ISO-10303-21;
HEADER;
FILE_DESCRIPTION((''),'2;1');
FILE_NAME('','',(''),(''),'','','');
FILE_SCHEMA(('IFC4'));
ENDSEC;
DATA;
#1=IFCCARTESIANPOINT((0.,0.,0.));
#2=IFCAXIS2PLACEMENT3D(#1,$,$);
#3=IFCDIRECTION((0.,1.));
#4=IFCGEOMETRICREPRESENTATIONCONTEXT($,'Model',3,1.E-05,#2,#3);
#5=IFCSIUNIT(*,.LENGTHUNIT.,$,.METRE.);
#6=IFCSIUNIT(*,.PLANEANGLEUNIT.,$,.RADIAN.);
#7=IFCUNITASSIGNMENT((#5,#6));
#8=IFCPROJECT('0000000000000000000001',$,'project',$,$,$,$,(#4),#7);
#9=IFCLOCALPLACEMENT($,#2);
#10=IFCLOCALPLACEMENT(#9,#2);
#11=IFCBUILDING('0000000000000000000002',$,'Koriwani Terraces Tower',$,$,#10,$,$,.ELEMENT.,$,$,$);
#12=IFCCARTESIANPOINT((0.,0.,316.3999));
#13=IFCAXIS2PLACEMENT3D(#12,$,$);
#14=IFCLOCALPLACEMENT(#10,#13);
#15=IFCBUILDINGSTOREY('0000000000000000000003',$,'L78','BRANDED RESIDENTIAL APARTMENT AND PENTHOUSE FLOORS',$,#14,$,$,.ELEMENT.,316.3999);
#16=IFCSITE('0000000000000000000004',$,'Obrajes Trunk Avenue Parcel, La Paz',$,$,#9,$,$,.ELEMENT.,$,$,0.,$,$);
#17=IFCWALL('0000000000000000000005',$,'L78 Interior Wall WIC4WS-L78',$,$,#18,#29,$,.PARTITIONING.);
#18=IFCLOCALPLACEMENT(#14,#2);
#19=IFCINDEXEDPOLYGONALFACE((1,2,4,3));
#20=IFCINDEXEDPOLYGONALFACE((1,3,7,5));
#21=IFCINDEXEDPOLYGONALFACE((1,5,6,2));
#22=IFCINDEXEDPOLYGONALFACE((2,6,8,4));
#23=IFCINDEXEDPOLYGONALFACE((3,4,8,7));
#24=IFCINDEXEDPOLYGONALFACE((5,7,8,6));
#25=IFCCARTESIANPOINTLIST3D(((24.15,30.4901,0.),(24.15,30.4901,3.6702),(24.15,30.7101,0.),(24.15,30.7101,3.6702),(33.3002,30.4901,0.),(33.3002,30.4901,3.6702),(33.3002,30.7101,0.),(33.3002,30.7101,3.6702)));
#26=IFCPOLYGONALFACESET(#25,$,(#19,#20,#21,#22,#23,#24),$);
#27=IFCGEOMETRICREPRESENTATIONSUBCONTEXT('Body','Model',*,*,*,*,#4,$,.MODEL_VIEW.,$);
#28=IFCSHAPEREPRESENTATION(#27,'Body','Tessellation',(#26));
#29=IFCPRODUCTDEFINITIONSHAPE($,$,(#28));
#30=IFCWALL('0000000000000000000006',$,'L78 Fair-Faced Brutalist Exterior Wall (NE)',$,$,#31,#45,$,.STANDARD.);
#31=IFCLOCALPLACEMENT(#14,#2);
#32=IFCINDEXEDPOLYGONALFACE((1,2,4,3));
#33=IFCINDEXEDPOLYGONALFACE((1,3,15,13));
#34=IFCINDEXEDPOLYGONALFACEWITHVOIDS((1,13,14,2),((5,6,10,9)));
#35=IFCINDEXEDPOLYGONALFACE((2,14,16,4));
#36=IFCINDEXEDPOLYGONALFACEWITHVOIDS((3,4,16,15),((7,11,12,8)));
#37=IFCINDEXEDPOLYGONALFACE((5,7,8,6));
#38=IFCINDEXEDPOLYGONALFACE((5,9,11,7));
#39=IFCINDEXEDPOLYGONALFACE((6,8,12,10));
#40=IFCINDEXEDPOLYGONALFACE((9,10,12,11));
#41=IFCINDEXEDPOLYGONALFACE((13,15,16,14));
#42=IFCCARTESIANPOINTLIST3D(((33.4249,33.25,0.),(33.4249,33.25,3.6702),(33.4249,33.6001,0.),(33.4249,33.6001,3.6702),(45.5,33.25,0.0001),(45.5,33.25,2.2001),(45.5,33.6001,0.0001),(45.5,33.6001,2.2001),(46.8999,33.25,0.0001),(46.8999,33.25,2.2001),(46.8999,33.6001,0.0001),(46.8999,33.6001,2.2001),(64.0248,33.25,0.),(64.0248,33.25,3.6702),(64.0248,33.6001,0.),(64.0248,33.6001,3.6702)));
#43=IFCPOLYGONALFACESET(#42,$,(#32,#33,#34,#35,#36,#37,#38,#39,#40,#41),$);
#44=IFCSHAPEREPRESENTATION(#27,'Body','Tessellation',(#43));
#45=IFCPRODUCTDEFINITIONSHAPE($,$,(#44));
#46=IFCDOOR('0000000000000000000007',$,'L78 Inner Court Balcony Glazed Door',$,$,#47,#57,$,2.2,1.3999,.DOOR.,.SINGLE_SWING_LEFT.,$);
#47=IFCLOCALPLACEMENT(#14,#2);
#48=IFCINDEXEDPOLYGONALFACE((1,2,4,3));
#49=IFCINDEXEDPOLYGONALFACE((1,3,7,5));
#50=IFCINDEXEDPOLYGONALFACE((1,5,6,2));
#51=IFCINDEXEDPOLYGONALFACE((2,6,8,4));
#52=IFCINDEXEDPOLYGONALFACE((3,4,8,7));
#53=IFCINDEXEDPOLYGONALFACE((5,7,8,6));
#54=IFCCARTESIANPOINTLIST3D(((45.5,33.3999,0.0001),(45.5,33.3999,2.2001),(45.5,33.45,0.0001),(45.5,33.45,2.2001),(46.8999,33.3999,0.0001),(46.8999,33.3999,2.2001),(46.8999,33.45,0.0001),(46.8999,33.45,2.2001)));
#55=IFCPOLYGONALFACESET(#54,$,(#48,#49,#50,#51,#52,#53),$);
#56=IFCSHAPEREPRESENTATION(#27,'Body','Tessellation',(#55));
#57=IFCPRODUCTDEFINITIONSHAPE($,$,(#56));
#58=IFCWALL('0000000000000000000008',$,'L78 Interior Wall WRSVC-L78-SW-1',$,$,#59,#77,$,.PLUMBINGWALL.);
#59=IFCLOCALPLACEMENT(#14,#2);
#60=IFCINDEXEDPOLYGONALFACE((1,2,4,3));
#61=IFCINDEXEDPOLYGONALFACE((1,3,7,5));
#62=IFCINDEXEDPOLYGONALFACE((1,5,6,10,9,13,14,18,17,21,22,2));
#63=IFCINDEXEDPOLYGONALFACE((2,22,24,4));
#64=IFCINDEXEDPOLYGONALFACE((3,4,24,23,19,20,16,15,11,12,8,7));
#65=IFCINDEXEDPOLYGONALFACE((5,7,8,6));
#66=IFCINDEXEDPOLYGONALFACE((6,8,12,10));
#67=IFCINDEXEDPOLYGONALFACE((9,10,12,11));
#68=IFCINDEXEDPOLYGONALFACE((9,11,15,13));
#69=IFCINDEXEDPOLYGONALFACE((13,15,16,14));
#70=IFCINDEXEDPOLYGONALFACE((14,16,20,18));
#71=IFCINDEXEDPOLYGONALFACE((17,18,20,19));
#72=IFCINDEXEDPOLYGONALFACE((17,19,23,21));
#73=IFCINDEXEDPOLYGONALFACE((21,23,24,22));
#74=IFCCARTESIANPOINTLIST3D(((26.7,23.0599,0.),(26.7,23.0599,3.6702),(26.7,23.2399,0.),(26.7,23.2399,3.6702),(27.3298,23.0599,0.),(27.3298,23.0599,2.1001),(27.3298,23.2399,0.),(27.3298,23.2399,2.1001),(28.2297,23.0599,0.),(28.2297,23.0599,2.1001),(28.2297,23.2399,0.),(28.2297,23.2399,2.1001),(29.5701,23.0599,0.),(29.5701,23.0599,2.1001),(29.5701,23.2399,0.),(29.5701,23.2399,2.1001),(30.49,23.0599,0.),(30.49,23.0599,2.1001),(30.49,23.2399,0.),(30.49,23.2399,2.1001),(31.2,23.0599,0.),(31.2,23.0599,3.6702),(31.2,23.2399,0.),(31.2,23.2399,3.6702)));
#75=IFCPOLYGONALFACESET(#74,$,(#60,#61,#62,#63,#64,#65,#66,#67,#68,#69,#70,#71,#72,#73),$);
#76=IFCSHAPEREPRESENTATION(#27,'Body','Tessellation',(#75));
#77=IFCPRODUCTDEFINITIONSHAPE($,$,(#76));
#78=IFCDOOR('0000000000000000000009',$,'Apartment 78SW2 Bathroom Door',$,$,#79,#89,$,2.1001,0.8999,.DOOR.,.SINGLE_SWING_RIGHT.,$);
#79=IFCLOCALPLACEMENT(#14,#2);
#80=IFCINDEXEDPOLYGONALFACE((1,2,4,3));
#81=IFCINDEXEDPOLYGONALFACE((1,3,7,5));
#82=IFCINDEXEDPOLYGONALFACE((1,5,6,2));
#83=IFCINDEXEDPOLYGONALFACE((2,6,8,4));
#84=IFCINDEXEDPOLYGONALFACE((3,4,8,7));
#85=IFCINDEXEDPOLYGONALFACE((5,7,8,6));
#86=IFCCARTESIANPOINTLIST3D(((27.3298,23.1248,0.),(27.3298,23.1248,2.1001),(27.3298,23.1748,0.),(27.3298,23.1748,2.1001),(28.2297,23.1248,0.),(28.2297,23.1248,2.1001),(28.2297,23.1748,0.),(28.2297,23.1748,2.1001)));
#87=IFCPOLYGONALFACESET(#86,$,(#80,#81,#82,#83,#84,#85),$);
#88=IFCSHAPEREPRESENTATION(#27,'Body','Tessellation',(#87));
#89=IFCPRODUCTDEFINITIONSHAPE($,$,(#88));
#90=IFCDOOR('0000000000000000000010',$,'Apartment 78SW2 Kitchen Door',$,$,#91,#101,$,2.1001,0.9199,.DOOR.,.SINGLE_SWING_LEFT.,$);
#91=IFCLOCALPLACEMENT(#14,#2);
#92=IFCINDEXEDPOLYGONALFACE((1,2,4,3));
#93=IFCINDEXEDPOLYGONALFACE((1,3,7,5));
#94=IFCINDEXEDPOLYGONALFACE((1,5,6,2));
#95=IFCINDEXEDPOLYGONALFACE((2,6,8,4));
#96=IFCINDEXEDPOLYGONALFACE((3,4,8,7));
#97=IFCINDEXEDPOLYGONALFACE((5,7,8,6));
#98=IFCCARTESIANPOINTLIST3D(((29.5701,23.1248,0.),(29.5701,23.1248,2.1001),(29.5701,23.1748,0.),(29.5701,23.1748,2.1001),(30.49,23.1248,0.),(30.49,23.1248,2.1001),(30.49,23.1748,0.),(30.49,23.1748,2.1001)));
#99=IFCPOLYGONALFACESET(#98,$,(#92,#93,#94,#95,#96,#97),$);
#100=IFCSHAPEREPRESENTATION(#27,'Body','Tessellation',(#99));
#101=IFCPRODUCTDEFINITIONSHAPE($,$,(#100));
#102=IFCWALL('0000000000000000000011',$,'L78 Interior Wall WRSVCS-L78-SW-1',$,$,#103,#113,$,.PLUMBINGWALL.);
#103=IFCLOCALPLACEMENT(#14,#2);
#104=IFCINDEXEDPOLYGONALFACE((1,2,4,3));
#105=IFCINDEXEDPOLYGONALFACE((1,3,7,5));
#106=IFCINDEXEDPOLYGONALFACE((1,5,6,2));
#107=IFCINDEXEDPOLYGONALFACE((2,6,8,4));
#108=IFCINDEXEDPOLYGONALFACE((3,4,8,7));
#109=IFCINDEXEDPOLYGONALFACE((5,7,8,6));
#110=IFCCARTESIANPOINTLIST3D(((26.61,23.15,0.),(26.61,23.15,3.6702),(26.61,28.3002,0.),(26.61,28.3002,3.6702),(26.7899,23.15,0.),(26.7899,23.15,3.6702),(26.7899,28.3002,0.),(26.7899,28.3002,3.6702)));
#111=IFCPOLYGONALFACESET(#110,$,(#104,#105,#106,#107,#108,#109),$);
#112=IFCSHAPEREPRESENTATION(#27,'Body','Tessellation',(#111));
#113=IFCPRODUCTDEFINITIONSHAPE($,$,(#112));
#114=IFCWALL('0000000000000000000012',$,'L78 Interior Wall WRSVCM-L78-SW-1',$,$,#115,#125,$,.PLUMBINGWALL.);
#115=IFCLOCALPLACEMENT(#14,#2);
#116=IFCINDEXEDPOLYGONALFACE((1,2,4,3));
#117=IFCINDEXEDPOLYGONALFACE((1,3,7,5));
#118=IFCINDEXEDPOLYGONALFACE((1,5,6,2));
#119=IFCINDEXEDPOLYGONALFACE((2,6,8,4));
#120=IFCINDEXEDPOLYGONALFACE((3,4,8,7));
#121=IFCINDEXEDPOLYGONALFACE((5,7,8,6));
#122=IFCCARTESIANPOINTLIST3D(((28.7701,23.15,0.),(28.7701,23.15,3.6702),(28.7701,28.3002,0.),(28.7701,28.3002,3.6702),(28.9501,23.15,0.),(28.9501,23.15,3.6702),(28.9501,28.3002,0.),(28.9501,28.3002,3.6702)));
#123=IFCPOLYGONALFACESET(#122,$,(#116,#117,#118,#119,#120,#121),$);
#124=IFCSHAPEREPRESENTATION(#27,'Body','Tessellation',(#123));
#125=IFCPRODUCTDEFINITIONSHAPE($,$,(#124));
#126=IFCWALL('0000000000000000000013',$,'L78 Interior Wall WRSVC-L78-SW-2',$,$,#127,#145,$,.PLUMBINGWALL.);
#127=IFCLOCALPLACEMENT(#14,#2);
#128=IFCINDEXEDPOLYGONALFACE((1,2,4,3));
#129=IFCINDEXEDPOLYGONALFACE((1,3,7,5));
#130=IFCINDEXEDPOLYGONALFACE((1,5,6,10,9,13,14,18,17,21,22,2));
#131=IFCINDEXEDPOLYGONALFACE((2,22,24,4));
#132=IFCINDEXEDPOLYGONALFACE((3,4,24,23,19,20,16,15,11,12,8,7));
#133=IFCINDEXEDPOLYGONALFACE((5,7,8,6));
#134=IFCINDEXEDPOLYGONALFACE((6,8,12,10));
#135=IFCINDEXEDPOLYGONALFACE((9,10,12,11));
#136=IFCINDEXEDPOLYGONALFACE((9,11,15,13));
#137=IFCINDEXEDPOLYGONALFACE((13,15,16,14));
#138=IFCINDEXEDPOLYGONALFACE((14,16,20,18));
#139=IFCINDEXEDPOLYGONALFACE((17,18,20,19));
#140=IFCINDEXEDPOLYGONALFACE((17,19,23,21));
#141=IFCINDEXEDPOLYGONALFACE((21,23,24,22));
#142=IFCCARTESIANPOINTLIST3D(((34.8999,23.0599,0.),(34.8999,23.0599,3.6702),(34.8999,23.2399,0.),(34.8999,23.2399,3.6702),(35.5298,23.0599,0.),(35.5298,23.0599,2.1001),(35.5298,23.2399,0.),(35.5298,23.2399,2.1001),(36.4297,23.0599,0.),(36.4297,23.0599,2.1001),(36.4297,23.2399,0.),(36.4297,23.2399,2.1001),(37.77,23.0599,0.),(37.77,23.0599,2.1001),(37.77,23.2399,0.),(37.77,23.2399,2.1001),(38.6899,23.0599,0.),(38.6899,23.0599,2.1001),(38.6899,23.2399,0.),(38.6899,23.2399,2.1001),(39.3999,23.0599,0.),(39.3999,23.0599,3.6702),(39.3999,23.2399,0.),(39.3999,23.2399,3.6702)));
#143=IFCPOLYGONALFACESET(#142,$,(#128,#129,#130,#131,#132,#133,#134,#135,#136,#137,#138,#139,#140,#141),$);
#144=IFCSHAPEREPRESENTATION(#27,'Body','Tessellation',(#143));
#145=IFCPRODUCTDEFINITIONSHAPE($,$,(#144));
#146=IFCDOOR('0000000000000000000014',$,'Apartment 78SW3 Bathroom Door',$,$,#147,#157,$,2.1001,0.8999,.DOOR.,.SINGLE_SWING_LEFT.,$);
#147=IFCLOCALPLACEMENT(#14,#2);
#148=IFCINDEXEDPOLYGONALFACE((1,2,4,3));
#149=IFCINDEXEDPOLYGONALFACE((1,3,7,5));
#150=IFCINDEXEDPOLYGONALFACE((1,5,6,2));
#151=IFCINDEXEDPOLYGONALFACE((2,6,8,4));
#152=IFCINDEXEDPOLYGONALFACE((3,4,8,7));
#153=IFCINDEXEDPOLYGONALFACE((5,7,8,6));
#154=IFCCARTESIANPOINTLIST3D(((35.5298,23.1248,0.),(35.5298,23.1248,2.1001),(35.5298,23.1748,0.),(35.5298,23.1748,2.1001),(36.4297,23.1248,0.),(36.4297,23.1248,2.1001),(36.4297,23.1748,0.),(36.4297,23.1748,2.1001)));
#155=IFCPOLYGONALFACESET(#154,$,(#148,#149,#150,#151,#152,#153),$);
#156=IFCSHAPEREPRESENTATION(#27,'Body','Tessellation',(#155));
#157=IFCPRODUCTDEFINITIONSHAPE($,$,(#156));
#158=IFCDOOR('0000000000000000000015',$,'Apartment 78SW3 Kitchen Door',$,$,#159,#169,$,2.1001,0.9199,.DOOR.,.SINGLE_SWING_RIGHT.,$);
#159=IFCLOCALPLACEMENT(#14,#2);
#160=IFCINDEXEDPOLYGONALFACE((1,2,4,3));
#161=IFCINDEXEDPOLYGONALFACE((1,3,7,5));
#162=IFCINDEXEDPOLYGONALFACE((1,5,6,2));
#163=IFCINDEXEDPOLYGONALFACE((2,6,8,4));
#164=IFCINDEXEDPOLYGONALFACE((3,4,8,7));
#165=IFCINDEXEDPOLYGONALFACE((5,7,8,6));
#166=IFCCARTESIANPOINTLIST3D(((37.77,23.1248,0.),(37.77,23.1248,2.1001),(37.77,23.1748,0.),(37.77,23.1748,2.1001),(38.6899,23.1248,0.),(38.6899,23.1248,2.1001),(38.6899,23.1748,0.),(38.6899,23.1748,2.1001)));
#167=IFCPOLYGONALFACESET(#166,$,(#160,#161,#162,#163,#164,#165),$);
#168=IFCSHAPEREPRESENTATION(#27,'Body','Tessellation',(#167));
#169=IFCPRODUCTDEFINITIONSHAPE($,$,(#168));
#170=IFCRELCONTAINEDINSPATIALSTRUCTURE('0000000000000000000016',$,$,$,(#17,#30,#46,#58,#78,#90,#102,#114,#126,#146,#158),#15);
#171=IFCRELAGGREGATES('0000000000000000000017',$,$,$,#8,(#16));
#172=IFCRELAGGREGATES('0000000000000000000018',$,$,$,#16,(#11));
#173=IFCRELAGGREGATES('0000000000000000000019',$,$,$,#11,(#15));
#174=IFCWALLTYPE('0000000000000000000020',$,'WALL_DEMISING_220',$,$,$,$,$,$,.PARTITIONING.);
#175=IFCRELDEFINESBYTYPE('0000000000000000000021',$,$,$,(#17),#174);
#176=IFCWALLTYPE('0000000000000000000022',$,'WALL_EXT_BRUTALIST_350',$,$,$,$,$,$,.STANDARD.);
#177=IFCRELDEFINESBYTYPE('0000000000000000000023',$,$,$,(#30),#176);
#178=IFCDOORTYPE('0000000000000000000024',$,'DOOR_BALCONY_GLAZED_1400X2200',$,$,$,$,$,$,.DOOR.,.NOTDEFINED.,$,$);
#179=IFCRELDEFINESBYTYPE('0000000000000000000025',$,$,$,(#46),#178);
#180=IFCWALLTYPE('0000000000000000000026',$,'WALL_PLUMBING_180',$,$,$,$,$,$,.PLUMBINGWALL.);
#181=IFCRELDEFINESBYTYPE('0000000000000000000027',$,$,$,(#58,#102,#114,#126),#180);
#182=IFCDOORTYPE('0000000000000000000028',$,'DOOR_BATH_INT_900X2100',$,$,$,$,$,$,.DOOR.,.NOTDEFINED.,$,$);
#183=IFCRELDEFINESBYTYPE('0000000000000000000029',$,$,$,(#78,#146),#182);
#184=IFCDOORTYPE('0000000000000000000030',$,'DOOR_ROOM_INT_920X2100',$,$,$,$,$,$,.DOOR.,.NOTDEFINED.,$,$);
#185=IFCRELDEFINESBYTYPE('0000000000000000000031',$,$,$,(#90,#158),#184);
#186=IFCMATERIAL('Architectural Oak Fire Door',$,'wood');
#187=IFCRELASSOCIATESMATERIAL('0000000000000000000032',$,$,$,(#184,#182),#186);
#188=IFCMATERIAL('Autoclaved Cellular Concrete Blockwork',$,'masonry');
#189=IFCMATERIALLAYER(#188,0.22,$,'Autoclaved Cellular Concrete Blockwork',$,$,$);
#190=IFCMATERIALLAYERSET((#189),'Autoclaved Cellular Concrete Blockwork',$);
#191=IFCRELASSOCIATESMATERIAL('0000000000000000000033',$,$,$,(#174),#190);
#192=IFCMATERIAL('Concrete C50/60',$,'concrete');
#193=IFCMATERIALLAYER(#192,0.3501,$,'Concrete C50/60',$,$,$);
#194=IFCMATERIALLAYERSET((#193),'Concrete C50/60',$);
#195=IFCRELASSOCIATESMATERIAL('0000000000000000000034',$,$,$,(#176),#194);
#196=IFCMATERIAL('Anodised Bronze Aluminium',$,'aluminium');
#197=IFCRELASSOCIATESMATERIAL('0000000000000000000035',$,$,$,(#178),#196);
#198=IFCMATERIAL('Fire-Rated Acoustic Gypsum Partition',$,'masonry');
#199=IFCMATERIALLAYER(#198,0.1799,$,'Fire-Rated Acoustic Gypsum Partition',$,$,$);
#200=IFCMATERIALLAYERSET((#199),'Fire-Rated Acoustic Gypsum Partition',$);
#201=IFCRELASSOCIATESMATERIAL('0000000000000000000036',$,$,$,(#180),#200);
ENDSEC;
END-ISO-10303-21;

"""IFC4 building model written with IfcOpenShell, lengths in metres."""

from ifc_helpers import new_model, si_unit, direction, frame, frame_2d, origin, place, context, subcontext, project, spatial, rectangle, extrude, material, layer, layer_set, type_object, element, fill, save


model = new_model("IFC4")

# Units and contexts
model_context = context("Model", 3, precision=1e-05, world=origin(), true_north=direction((0.0, 1.0)))
body_context = subcontext(model_context, "Body", "Model", "MODEL_VIEW")
ifc_project = project(units=[si_unit("LENGTHUNIT", "METRE"), si_unit("PLANEANGLEUNIT", "RADIAN")], contexts=[model_context])

# Site, building, storey
site_placement = place(None, origin())
site = spatial("IfcSite", under=ifc_project, at=site_placement, Name="Obrajes Trunk Avenue Parcel, La Paz", CompositionType="ELEMENT", RefElevation=0.0)
building_placement = place(site_placement, origin())
building = spatial("IfcBuilding", under=site, at=building_placement, Name="Koriwani Terraces Tower", CompositionType="ELEMENT")
storey_placement = place(building_placement, frame((0.0, 0.0, 316.3999)))
storey = spatial("IfcBuildingStorey", under=building, at=storey_placement, Name="L78", Description="BRANDED RESIDENTIAL APARTMENT AND PENTHOUSE FLOORS", CompositionType="ELEMENT", Elevation=316.3999)

# Shared definitions
ifc_material_1 = material(Name="Concrete C50/60", Category="concrete")

# Shared definitions
ifc_material_2 = material(Name="Autoclaved Cellular Concrete Blockwork", Category="masonry")
ifc_material_3 = material(Name="Architectural Oak Fire Door", Category="wood")
door_type_1 = type_object("IfcDoorType", Name="DOOR_ROOM_INT_920X2100", OperationType="NOTDEFINED", PredefinedType="DOOR", material=ifc_material_3)

# Wall
ifc_layer_1 = layer(ifc_material_2, 0.22, Name="Autoclaved Cellular Concrete Blockwork")
ifc_layer_set_1 = layer_set([ifc_layer_1], Name="Autoclaved Cellular Concrete Blockwork")
wall_type_1 = type_object("IfcWallType", Name="WALL_DEMISING_220", PredefinedType="PARTITIONING", material=ifc_layer_set_1)
wall_1_placement = place(storey_placement, frame((24.1499, 30.6001, 0.0), z_axis=(0.0, 0.0, 1.0), x_axis=(1.0, 0.0, 0.0)))
element("IfcWall", 1, at=wall_1_placement, inside=storey, type_object=wall_type_1, Name="L78 Interior Wall WIC4WS-L78", PredefinedType="PARTITIONING", context=body_context, shape_type="SweptSolid", body=[
    extrude(rectangle(XDim=9.1501, YDim=0.22, at=frame_2d((4.5752, 0.0))), origin(), (0.0, 0.0, 1.0), 3.6702),
])

# Wall, opening, door
ifc_layer_2 = layer(ifc_material_1, 0.3501, Name="Concrete C50/60")
ifc_layer_set_2 = layer_set([ifc_layer_2], Name="Concrete C50/60")
wall_type_2 = type_object("IfcWallType", Name="WALL_EXT_BRUTALIST_350", PredefinedType="STANDARD", material=ifc_layer_set_2)
wall_2_placement = place(storey_placement, frame((33.425, 33.425, 0.0), z_axis=(0.0, 0.0, 1.0), x_axis=(1.0, 0.0, 0.0)))
wall_2 = element("IfcWall", 2, at=wall_2_placement, inside=storey, type_object=wall_type_2, Name="L78 Fair-Faced Brutalist Exterior Wall (NE)", PredefinedType="STANDARD", context=body_context, shape_type="SweptSolid", body=[
    extrude(rectangle(XDim=30.5999, YDim=0.3501, at=frame_2d((15.2998, 0.0))), origin(), (0.0, 0.0, 1.0), 3.6702),
])
opening_1_placement = place(wall_2_placement, frame((12.075, 0.0, 0.0)))
opening_1 = element("IfcOpeningElement", 3, at=opening_1_placement, cuts=wall_2, PredefinedType="OPENING", context=body_context, shape_type="SweptSolid", body=[
    extrude(rectangle(XDim=1.3999, YDim=2.2, at=frame_2d((0.7, 1.1001))), frame((0.0, 0.1851, 0.0), z_axis=(0.0, -1.0, 0.0), x_axis=(1.0, 0.0, 0.0)), (0.0, 0.0, 1.0), 0.3701),
])
ifc_material_4 = material(Name="Anodised Bronze Aluminium", Category="aluminium")
door_type_2 = type_object("IfcDoorType", Name="DOOR_BALCONY_GLAZED_1400X2200", OperationType="NOTDEFINED", PredefinedType="DOOR", material=ifc_material_4)
door_1_placement = place(opening_1_placement, origin())
door_1 = element("IfcDoor", 4, at=door_1_placement, inside=storey, type_object=door_type_2, Name="L78 Inner Court Balcony Glazed Door", OperationType="SINGLE_SWING_LEFT", OverallHeight=2.2, OverallWidth=1.3999, PredefinedType="DOOR", context=body_context, shape_type="SweptSolid", body=[
    extrude(rectangle(XDim=1.3999, YDim=2.2, at=frame_2d((0.7, 1.1001))), frame((0.0, 0.0249, 0.0), z_axis=(0.0, -1.0, 0.0), x_axis=(1.0, 0.0, 0.0)), (0.0, 0.0, 1.0), 0.05),
])
fill(opening_1, door_1)

# Wall, openings, doors
ifc_material_5 = material(Name="Fire-Rated Acoustic Gypsum Partition", Category="masonry")
ifc_layer_3 = layer(ifc_material_5, 0.1799, Name="Fire-Rated Acoustic Gypsum Partition")
ifc_layer_set_3 = layer_set([ifc_layer_3], Name="Fire-Rated Acoustic Gypsum Partition")
wall_type_3 = type_object("IfcWallType", Name="WALL_PLUMBING_180", PredefinedType="PLUMBINGWALL", material=ifc_layer_set_3)
wall_3_placement = place(storey_placement, frame((26.7, 23.1499, 0.0), z_axis=(0.0, 0.0, 1.0), x_axis=(1.0, 0.0, 0.0)))
wall_3 = element("IfcWall", 5, at=wall_3_placement, inside=storey, type_object=wall_type_3, Name="L78 Interior Wall WRSVC-L78-SW-1", PredefinedType="PLUMBINGWALL", context=body_context, shape_type="SweptSolid", body=[
    extrude(rectangle(XDim=4.5, YDim=0.1799, at=frame_2d((2.25, 0.0))), origin(), (0.0, 0.0, 1.0), 3.6702),
])
opening_2_placement = place(wall_3_placement, frame((0.6299, 0.0, 0.0)))
opening_2 = element("IfcOpeningElement", 6, at=opening_2_placement, cuts=wall_3, PredefinedType="OPENING", context=body_context, shape_type="SweptSolid", body=[
    extrude(rectangle(XDim=0.8999, YDim=2.1001, at=frame_2d((0.45, 1.05))), frame((0.0, 0.1001, 0.0), z_axis=(0.0, -1.0, 0.0), x_axis=(1.0, 0.0, 0.0)), (0.0, 0.0, 1.0), 0.2),
])
opening_3_placement = place(wall_3_placement, frame((2.8701, 0.0, 0.0)))
opening_3 = element("IfcOpeningElement", 7, at=opening_3_placement, cuts=wall_3, PredefinedType="OPENING", context=body_context, shape_type="SweptSolid", body=[
    extrude(rectangle(XDim=0.9199, YDim=2.1001, at=frame_2d((0.46, 1.05))), frame((0.0, 0.1001, 0.0), z_axis=(0.0, -1.0, 0.0), x_axis=(1.0, 0.0, 0.0)), (0.0, 0.0, 1.0), 0.2),
])
door_type_3 = type_object("IfcDoorType", Name="DOOR_BATH_INT_900X2100", OperationType="NOTDEFINED", PredefinedType="DOOR", material=ifc_material_3)
door_2_placement = place(opening_2_placement, origin())
door_2 = element("IfcDoor", 8, at=door_2_placement, inside=storey, type_object=door_type_3, Name="Apartment 78SW2 Bathroom Door", OperationType="SINGLE_SWING_RIGHT", OverallHeight=2.1001, OverallWidth=0.8999, PredefinedType="DOOR", context=body_context, shape_type="SweptSolid", body=[
    extrude(rectangle(XDim=0.8999, YDim=2.1001, at=frame_2d((0.45, 1.05))), frame((0.0, 0.0249, 0.0), z_axis=(0.0, -1.0, 0.0), x_axis=(1.0, 0.0, 0.0)), (0.0, 0.0, 1.0), 0.05),
])
fill(opening_2, door_2)
door_3_placement = place(opening_3_placement, origin())
door_3 = element("IfcDoor", 9, at=door_3_placement, inside=storey, type_object=door_type_1, Name="Apartment 78SW2 Kitchen Door", OperationType="SINGLE_SWING_LEFT", OverallHeight=2.1001, OverallWidth=0.9199, PredefinedType="DOOR", context=body_context, shape_type="SweptSolid", body=[
    extrude(rectangle(XDim=0.9199, YDim=2.1001, at=frame_2d((0.46, 1.05))), frame((0.0, 0.0249, 0.0), z_axis=(0.0, -1.0, 0.0), x_axis=(1.0, 0.0, 0.0)), (0.0, 0.0, 1.0), 0.05),
])
fill(opening_3, door_3)

# Walls
for number, where, z_axis, x_axis, name in (
    (10, (26.7, 23.1499, 0.0), (0.0, 0.0, 1.0), (0.0, 1.0, 0.0), "L78 Interior Wall WRSVCS-L78-SW-1"),
    (11, (28.8601, 23.1499, 0.0), (0.0, 0.0, 1.0), (0.0, 1.0, 0.0), "L78 Interior Wall WRSVCM-L78-SW-1"),
):
    element("IfcWall", number, at=place(storey_placement, frame(where, z_axis=z_axis, x_axis=x_axis)), inside=storey, type_object=wall_type_3, Name=name, PredefinedType="PLUMBINGWALL", context=body_context, shape_type="SweptSolid", body=[
        extrude(rectangle(XDim=5.1501, YDim=0.1799, at=frame_2d((2.5752, 0.0))), origin(), (0.0, 0.0, 1.0), 3.6702),
    ])

# Wall, openings, doors
wall_4_placement = place(storey_placement, frame((34.8999, 23.1499, 0.0), z_axis=(0.0, 0.0, 1.0), x_axis=(1.0, 0.0, 0.0)))
wall_4 = element("IfcWall", 12, at=wall_4_placement, inside=storey, type_object=wall_type_3, Name="L78 Interior Wall WRSVC-L78-SW-2", PredefinedType="PLUMBINGWALL", context=body_context, shape_type="SweptSolid", body=[
    extrude(rectangle(XDim=4.5, YDim=0.1799, at=frame_2d((2.25, 0.0))), origin(), (0.0, 0.0, 1.0), 3.6702),
])
opening_4_placement = place(wall_4_placement, frame((0.6299, 0.0, 0.0)))
opening_4 = element("IfcOpeningElement", 13, at=opening_4_placement, cuts=wall_4, PredefinedType="OPENING", context=body_context, shape_type="SweptSolid", body=[
    extrude(rectangle(XDim=0.8999, YDim=2.1001, at=frame_2d((0.45, 1.05))), frame((0.0, 0.1001, 0.0), z_axis=(0.0, -1.0, 0.0), x_axis=(1.0, 0.0, 0.0)), (0.0, 0.0, 1.0), 0.2),
])
opening_5_placement = place(wall_4_placement, frame((2.8701, 0.0, 0.0)))
opening_5 = element("IfcOpeningElement", 14, at=opening_5_placement, cuts=wall_4, PredefinedType="OPENING", context=body_context, shape_type="SweptSolid", body=[
    extrude(rectangle(XDim=0.9199, YDim=2.1001, at=frame_2d((0.46, 1.05))), frame((0.0, 0.1001, 0.0), z_axis=(0.0, -1.0, 0.0), x_axis=(1.0, 0.0, 0.0)), (0.0, 0.0, 1.0), 0.2),
])
door_4_placement = place(opening_4_placement, origin())
door_4 = element("IfcDoor", 15, at=door_4_placement, inside=storey, type_object=door_type_3, Name="Apartment 78SW3 Bathroom Door", OperationType="SINGLE_SWING_LEFT", OverallHeight=2.1001, OverallWidth=0.8999, PredefinedType="DOOR", context=body_context, shape_type="SweptSolid", body=[
    extrude(rectangle(XDim=0.8999, YDim=2.1001, at=frame_2d((0.45, 1.05))), frame((0.0, 0.0249, 0.0), z_axis=(0.0, -1.0, 0.0), x_axis=(1.0, 0.0, 0.0)), (0.0, 0.0, 1.0), 0.05),
])
fill(opening_4, door_4)
door_5_placement = place(opening_5_placement, origin())
door_5 = element("IfcDoor", 16, at=door_5_placement, inside=storey, type_object=door_type_1, Name="Apartment 78SW3 Kitchen Door", OperationType="SINGLE_SWING_RIGHT", OverallHeight=2.1001, OverallWidth=0.9199, PredefinedType="DOOR", context=body_context, shape_type="SweptSolid", body=[
    extrude(rectangle(XDim=0.9199, YDim=2.1001, at=frame_2d((0.46, 1.05))), frame((0.0, 0.0249, 0.0), z_axis=(0.0, -1.0, 0.0), x_axis=(1.0, 0.0, 0.0)), (0.0, 0.0, 1.0), 0.05),
])
fill(opening_5, door_5)

save(model, "model.ifc")
